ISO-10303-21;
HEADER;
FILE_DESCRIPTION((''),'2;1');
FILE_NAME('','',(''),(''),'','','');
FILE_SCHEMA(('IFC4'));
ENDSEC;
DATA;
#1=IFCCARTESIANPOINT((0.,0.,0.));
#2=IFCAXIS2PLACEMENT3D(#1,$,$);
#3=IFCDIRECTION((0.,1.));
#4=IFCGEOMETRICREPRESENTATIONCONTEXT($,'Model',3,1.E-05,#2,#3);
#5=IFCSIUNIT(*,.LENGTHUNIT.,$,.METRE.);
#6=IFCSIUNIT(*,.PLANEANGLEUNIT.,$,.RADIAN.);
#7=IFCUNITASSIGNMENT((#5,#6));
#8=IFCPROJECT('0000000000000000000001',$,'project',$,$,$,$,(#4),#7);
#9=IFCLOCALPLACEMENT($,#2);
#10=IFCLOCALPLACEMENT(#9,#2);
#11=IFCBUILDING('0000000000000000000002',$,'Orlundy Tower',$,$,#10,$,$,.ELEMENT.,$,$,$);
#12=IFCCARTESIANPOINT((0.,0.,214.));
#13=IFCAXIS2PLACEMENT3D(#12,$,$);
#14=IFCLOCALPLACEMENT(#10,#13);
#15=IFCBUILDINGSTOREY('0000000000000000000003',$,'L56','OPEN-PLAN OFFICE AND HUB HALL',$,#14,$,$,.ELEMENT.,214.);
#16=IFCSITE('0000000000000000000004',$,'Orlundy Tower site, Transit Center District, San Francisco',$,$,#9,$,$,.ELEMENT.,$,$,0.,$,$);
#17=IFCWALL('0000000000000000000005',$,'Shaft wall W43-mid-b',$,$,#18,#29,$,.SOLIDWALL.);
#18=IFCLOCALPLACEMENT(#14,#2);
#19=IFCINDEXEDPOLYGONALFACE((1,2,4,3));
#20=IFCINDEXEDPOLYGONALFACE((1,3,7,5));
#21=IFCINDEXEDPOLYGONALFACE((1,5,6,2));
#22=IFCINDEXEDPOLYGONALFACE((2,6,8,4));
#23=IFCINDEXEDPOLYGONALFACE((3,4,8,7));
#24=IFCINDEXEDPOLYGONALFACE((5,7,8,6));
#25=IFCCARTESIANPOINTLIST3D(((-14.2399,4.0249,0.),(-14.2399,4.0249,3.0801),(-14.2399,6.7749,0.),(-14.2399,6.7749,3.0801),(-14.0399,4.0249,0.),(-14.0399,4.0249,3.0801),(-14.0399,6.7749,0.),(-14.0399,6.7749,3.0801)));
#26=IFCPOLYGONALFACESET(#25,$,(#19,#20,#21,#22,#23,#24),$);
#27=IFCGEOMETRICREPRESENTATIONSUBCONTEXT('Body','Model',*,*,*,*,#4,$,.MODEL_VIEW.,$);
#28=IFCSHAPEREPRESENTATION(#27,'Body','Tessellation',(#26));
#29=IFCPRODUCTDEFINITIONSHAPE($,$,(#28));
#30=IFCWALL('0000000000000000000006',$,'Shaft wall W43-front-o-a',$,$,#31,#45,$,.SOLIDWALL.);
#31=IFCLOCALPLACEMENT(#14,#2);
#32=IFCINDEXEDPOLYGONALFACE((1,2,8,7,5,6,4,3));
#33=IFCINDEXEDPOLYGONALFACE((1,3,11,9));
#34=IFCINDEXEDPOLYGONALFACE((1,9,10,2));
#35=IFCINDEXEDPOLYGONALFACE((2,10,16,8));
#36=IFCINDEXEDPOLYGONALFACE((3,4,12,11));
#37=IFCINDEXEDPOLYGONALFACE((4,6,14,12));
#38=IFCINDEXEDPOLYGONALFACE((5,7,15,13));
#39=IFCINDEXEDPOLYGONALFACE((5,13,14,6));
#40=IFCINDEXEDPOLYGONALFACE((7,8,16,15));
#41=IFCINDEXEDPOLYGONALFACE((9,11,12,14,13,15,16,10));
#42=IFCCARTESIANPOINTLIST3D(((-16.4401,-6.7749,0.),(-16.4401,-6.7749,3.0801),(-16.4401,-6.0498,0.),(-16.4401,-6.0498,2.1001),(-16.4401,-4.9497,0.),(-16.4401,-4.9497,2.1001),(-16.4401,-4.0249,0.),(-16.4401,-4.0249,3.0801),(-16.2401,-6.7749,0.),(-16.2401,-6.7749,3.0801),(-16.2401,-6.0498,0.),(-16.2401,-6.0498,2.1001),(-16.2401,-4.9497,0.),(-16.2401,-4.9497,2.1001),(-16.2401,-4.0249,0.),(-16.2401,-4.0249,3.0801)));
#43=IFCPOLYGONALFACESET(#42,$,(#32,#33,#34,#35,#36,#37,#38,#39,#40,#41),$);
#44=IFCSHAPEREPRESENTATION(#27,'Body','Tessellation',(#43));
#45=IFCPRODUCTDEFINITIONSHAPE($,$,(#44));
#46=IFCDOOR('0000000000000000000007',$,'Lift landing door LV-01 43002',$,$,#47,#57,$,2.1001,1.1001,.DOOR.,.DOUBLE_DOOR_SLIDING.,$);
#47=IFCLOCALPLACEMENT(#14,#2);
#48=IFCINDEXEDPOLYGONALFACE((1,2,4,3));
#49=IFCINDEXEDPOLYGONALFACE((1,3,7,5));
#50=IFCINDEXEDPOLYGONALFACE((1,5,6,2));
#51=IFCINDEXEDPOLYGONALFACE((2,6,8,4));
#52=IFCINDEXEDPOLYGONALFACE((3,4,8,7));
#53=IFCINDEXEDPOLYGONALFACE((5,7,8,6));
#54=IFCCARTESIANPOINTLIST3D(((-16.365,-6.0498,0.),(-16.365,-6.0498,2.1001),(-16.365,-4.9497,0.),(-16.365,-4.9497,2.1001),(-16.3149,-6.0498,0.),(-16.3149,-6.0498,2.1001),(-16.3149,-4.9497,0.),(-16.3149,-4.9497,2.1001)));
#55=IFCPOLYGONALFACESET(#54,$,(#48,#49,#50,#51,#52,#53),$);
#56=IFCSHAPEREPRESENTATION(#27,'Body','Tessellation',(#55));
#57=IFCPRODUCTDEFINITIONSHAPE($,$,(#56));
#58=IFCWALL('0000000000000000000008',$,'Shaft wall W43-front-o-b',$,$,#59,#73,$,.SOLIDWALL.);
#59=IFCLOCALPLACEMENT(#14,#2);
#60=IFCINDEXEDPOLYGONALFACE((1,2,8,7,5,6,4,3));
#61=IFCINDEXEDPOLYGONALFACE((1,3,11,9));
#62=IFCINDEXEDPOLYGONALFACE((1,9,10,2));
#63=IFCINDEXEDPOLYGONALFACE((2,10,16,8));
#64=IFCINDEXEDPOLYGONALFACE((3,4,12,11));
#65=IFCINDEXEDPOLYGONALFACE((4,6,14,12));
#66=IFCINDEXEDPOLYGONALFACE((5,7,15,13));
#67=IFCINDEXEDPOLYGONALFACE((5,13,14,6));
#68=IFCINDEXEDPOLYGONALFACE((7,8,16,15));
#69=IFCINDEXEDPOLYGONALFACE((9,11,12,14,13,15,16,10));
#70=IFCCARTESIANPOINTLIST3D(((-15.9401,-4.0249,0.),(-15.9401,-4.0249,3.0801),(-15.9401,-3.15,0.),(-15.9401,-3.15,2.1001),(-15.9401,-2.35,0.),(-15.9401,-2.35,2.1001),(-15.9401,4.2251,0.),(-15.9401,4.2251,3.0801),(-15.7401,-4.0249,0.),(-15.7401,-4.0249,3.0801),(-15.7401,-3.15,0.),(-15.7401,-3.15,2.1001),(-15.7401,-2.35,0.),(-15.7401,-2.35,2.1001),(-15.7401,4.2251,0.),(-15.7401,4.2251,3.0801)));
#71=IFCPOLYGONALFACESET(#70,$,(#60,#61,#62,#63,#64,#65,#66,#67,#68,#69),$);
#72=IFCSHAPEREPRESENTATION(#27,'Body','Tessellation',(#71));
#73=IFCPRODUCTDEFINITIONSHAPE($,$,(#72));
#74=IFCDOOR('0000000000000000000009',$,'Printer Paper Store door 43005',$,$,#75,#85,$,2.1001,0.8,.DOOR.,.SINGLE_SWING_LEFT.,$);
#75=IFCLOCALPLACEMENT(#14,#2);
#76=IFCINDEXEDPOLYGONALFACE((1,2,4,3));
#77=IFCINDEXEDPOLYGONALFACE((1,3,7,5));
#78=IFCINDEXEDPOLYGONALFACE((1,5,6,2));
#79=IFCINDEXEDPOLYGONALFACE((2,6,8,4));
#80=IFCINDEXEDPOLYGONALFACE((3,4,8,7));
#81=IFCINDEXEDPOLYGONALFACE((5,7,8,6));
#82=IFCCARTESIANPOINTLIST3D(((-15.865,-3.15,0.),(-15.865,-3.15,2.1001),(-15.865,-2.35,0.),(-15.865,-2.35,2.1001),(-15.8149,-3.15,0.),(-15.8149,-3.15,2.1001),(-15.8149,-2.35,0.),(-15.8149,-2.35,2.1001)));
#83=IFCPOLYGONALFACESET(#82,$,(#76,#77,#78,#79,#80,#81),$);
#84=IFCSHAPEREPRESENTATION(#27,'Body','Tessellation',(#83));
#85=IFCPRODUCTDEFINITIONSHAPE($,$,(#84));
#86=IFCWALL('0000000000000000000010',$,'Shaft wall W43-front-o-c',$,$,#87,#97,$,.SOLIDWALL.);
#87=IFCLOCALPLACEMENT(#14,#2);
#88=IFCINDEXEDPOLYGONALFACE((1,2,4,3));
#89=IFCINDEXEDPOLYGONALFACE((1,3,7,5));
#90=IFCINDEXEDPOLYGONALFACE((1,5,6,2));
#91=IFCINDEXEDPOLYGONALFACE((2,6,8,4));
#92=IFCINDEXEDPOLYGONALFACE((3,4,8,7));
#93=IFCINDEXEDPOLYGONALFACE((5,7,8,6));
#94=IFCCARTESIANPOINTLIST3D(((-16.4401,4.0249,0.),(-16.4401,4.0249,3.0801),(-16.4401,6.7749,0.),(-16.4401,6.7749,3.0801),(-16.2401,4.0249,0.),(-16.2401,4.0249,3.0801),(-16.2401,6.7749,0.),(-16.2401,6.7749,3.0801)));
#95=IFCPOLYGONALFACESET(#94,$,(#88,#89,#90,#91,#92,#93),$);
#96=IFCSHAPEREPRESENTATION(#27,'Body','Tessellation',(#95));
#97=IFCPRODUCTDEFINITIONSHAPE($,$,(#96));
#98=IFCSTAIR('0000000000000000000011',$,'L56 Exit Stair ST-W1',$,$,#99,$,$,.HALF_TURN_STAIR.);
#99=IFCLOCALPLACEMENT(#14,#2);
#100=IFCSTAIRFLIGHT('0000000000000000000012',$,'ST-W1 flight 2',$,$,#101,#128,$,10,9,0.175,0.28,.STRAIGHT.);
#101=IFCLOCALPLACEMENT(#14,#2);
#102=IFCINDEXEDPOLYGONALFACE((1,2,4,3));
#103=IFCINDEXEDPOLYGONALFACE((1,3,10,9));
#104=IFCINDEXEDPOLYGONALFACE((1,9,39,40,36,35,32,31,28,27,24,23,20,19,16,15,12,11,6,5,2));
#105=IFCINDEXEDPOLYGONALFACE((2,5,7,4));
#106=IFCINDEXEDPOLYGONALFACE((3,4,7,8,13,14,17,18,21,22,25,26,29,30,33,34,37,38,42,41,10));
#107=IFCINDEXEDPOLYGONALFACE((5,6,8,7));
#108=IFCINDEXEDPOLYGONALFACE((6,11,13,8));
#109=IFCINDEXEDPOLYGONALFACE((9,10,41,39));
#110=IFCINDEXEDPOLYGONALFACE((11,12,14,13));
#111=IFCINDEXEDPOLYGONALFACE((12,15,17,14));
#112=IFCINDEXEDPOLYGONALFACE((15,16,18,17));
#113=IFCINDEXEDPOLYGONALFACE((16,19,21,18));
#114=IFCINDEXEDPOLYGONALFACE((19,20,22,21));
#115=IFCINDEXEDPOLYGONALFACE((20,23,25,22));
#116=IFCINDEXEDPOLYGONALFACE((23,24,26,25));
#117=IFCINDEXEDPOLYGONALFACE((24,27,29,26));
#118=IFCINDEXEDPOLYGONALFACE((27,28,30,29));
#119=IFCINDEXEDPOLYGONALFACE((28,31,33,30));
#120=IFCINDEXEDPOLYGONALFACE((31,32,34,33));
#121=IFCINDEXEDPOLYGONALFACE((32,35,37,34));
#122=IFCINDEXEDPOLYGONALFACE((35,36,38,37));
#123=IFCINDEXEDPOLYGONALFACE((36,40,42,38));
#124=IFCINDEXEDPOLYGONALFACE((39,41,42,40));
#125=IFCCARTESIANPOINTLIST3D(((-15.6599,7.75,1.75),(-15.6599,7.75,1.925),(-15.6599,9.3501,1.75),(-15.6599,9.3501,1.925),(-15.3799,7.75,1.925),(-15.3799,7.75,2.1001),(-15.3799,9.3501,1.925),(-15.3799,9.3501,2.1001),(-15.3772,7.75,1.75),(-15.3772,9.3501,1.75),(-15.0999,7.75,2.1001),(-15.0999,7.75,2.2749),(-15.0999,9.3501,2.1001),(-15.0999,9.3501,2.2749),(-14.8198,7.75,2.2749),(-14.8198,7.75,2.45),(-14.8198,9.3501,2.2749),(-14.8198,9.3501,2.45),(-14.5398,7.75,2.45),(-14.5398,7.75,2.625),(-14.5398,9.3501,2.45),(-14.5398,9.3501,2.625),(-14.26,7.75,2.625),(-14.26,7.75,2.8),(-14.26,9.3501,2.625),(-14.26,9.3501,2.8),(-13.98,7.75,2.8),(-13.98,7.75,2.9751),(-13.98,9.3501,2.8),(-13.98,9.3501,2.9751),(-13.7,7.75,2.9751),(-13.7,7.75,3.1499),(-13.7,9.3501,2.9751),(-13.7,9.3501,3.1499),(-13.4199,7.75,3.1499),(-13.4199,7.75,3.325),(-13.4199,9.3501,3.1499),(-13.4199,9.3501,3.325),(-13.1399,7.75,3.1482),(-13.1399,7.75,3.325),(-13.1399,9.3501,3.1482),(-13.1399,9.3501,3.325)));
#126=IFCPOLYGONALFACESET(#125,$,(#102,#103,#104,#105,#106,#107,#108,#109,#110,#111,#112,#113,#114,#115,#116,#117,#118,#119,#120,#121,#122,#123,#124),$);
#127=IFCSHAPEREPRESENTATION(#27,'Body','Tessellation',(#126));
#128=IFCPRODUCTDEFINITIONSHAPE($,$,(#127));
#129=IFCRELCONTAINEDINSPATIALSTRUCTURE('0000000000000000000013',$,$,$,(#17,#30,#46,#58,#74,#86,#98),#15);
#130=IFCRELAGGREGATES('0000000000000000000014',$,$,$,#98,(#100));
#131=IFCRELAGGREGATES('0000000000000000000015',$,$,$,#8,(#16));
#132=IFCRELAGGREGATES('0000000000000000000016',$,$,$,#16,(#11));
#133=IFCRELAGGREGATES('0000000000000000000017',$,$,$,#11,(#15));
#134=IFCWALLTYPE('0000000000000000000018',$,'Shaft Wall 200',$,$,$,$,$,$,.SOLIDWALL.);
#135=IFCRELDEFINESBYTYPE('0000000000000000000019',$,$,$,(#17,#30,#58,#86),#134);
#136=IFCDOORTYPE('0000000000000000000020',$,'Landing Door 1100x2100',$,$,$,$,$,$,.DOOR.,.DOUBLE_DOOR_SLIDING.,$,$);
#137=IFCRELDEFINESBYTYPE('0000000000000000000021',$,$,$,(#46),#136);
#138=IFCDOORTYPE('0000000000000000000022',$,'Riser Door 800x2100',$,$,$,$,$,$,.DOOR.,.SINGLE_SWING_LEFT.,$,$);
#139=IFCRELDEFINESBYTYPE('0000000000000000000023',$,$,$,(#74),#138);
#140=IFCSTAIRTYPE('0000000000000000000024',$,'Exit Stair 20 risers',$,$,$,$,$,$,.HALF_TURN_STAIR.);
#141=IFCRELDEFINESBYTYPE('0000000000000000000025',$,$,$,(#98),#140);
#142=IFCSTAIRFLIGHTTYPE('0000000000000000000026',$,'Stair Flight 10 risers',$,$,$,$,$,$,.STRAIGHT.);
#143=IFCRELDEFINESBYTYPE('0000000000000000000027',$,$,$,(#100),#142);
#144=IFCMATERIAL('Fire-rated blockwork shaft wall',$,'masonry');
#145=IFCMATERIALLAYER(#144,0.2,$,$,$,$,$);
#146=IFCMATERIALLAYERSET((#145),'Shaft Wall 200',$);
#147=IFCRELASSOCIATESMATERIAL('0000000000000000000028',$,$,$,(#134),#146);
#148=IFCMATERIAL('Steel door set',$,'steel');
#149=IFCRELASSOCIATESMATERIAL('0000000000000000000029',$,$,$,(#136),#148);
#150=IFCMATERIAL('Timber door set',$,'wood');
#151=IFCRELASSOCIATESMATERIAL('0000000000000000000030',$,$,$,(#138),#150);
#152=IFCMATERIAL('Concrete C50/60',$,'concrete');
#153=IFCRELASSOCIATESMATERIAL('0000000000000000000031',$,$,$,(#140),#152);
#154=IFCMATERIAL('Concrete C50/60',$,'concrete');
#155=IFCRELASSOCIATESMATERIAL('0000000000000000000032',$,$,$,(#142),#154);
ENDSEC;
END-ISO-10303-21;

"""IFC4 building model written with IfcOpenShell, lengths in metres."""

from ifc_helpers import new_model, si_unit, direction, frame, frame_2d, origin, place, context, subcontext, project, spatial, polyline, rectangle, outline, extrude, material, layer, layer_set, type_object, element, fill, aggregate, save


model = new_model("IFC4")

# Units and contexts
model_context = context("Model", 3, precision=1e-05, world=origin(), true_north=direction((0.0, 1.0)))
body_context = subcontext(model_context, "Body", "Model", "MODEL_VIEW")
ifc_project = project(units=[si_unit("LENGTHUNIT", "METRE"), si_unit("PLANEANGLEUNIT", "RADIAN")], contexts=[model_context])

# Site, building, storey
site_placement = place(None, origin())
site = spatial("IfcSite", under=ifc_project, at=site_placement, Name="Orlundy Tower site, Transit Center District, San Francisco", CompositionType="ELEMENT", RefElevation=0.0)
building_placement = place(site_placement, origin())
building = spatial("IfcBuilding", under=site, at=building_placement, Name="Orlundy Tower", CompositionType="ELEMENT")
storey_placement = place(building_placement, frame((0.0, 0.0, 214.0)))
storey = spatial("IfcBuildingStorey", under=building, at=storey_placement, Name="L56", Description="OPEN-PLAN OFFICE AND HUB HALL", CompositionType="ELEMENT", Elevation=214.0)

# Wall
ifc_material_1 = material(Name="Fire-rated blockwork shaft wall", Category="masonry")
ifc_layer_1 = layer(ifc_material_1, 0.2)
ifc_layer_set_1 = layer_set([ifc_layer_1], Name="Shaft Wall 200")
wall_type_1 = type_object("IfcWallType", Name="Shaft Wall 200", PredefinedType="SOLIDWALL", material=ifc_layer_set_1)
wall_1_placement = place(storey_placement, frame((-14.1399, 4.0249, 0.0), z_axis=(0.0, 0.0, 1.0), x_axis=(0.0, 1.0, 0.0)))
element("IfcWall", 1, at=wall_1_placement, inside=storey, type_object=wall_type_1, Name="Shaft wall W43-mid-b", PredefinedType="SOLIDWALL", context=body_context, shape_type="SweptSolid", body=[
    extrude(rectangle(XDim=2.75, YDim=0.2, at=frame_2d((1.375, 0.0))), origin(), (0.0, 0.0, 1.0), 3.0801),
])

# Walls, openings, doors
wall_2_placement = place(storey_placement, frame((-16.3401, -6.7749, 0.0), z_axis=(0.0, 0.0, 1.0), x_axis=(0.0, 1.0, 0.0)))
wall_2 = element("IfcWall", 2, at=wall_2_placement, inside=storey, type_object=wall_type_1, Name="Shaft wall W43-front-o-a", PredefinedType="SOLIDWALL", context=body_context, shape_type="SweptSolid", body=[
    extrude(rectangle(XDim=2.75, YDim=0.2, at=frame_2d((1.375, 0.0))), origin(), (0.0, 0.0, 1.0), 3.0801),
])
opening_1_placement = place(wall_2_placement, frame((0.7251, 0.0, 0.0)))
opening_1 = element("IfcOpeningElement", 3, at=opening_1_placement, cuts=wall_2, PredefinedType="OPENING", context=body_context, shape_type="SweptSolid", body=[
    extrude(rectangle(XDim=1.1001, YDim=2.1001, at=frame_2d((0.55, 1.05))), frame((0.0, 0.1101, 0.0), z_axis=(0.0, -1.0, 0.0), x_axis=(1.0, 0.0, 0.0)), (0.0, 0.0, 1.0), 0.2202),
])
ifc_material_2 = material(Name="Steel door set", Category="steel")
door_type_1 = type_object("IfcDoorType", Name="Landing Door 1100x2100", OperationType="DOUBLE_DOOR_SLIDING", PredefinedType="DOOR", material=ifc_material_2)
door_1_placement = place(opening_1_placement, origin())
door_1 = element("IfcDoor", 4, at=door_1_placement, inside=storey, type_object=door_type_1, Name="Lift landing door LV-01 43002", OperationType="DOUBLE_DOOR_SLIDING", OverallHeight=2.1001, OverallWidth=1.1001, PredefinedType="DOOR", context=body_context, shape_type="SweptSolid", body=[
    extrude(rectangle(XDim=1.1001, YDim=2.1001, at=frame_2d((0.55, 1.05))), frame((0.0, 0.0249, 0.0), z_axis=(0.0, -1.0, 0.0), x_axis=(1.0, 0.0, 0.0)), (0.0, 0.0, 1.0), 0.05),
])
fill(opening_1, door_1)
wall_3_placement = place(storey_placement, frame((-15.8401, -4.0249, 0.0), z_axis=(0.0, 0.0, 1.0), x_axis=(0.0, 1.0, 0.0)))
wall_3 = element("IfcWall", 5, at=wall_3_placement, inside=storey, type_object=wall_type_1, Name="Shaft wall W43-front-o-b", PredefinedType="SOLIDWALL", context=body_context, shape_type="SweptSolid", body=[
    extrude(rectangle(XDim=8.25, YDim=0.2, at=frame_2d((4.125, 0.0))), origin(), (0.0, 0.0, 1.0), 3.0801),
])
opening_2_placement = place(wall_3_placement, frame((0.875, 0.0, 0.0)))
opening_2 = element("IfcOpeningElement", 6, at=opening_2_placement, cuts=wall_3, PredefinedType="OPENING", context=body_context, shape_type="SweptSolid", body=[
    extrude(rectangle(XDim=0.8, YDim=2.1001, at=frame_2d((0.3999, 1.05))), frame((0.0, 0.1101, 0.0), z_axis=(0.0, -1.0, 0.0), x_axis=(1.0, 0.0, 0.0)), (0.0, 0.0, 1.0), 0.2202),
])
ifc_material_3 = material(Name="Timber door set", Category="wood")
door_type_2 = type_object("IfcDoorType", Name="Riser Door 800x2100", OperationType="SINGLE_SWING_LEFT", PredefinedType="DOOR", material=ifc_material_3)
door_2_placement = place(opening_2_placement, origin())
door_2 = element("IfcDoor", 7, at=door_2_placement, inside=storey, type_object=door_type_2, Name="Printer Paper Store door 43005", OperationType="SINGLE_SWING_LEFT", OverallHeight=2.1001, OverallWidth=0.8, PredefinedType="DOOR", context=body_context, shape_type="SweptSolid", body=[
    extrude(rectangle(XDim=0.8, YDim=2.1001, at=frame_2d((0.3999, 1.05))), frame((0.0, 0.0249, 0.0), z_axis=(0.0, -1.0, 0.0), x_axis=(1.0, 0.0, 0.0)), (0.0, 0.0, 1.0), 0.05),
])
fill(opening_2, door_2)

# Wall
wall_4_placement = place(storey_placement, frame((-16.3401, 4.0249, 0.0), z_axis=(0.0, 0.0, 1.0), x_axis=(0.0, 1.0, 0.0)))
element("IfcWall", 8, at=wall_4_placement, inside=storey, type_object=wall_type_1, Name="Shaft wall W43-front-o-c", PredefinedType="SOLIDWALL", context=body_context, shape_type="SweptSolid", body=[
    extrude(rectangle(XDim=2.75, YDim=0.2, at=frame_2d((1.375, 0.0))), origin(), (0.0, 0.0, 1.0), 3.0801),
])

# Stair, stair flight
ifc_material_4 = material(Name="Concrete C50/60", Category="concrete")
stair_type = type_object("IfcStairType", Name="Exit Stair 20 risers", PredefinedType="HALF_TURN_STAIR", material=ifc_material_4)
stair_placement = place(storey_placement, origin())
stair = element("IfcStair", 9, at=stair_placement, inside=storey, type_object=stair_type, Name="L56 Exit Stair ST-W1", PredefinedType="HALF_TURN_STAIR")
ifc_material_5 = material(Name="Concrete C50/60", Category="concrete")
stair_flight_type = type_object("IfcStairFlightType", Name="Stair Flight 10 risers", PredefinedType="STRAIGHT", material=ifc_material_5)
stair_flight_placement = place(storey_placement, frame((-15.6599, 8.55, 1.75), z_axis=(0.0, 0.0, 1.0), x_axis=(1.0, 0.0, 0.0)))
stair_flight = element("IfcStairFlight", 10, at=stair_flight_placement, type_object=stair_flight_type, Name="ST-W1 flight 2", NumberOfRisers=10, NumberOfTreads=9, PredefinedType="STRAIGHT", RiserHeight=0.175, TreadLength=0.28, context=body_context, shape_type="SweptSolid", body=[
    extrude(outline(polyline([(0.0, 0.0), (0.0, 0.175), (0.28, 0.175), (0.28, 0.3501), (0.5601, 0.3501), (0.5601, 0.5249), (0.8401, 0.5249), (0.8401, 0.7), (1.1201, 0.7), (1.1201, 0.875), (1.3999, 0.875), (1.3999, 1.05), (1.6799, 1.05), (1.6799, 1.2251), (1.96, 1.2251), (1.96, 1.3999), (2.24, 1.3999), (2.24, 1.575), (2.52, 1.575), (2.52, 1.75), (2.52, 1.3982), (0.2827, 0.0), (0.0, 0.0)])), frame((0.0, 0.8, 0.0), z_axis=(0.0, -1.0, 0.0), x_axis=(1.0, 0.0, 0.0)), (0.0, 0.0, 1.0), 1.6001),
])
aggregate(stair, [stair_flight])

save(model, "model.ifc")
